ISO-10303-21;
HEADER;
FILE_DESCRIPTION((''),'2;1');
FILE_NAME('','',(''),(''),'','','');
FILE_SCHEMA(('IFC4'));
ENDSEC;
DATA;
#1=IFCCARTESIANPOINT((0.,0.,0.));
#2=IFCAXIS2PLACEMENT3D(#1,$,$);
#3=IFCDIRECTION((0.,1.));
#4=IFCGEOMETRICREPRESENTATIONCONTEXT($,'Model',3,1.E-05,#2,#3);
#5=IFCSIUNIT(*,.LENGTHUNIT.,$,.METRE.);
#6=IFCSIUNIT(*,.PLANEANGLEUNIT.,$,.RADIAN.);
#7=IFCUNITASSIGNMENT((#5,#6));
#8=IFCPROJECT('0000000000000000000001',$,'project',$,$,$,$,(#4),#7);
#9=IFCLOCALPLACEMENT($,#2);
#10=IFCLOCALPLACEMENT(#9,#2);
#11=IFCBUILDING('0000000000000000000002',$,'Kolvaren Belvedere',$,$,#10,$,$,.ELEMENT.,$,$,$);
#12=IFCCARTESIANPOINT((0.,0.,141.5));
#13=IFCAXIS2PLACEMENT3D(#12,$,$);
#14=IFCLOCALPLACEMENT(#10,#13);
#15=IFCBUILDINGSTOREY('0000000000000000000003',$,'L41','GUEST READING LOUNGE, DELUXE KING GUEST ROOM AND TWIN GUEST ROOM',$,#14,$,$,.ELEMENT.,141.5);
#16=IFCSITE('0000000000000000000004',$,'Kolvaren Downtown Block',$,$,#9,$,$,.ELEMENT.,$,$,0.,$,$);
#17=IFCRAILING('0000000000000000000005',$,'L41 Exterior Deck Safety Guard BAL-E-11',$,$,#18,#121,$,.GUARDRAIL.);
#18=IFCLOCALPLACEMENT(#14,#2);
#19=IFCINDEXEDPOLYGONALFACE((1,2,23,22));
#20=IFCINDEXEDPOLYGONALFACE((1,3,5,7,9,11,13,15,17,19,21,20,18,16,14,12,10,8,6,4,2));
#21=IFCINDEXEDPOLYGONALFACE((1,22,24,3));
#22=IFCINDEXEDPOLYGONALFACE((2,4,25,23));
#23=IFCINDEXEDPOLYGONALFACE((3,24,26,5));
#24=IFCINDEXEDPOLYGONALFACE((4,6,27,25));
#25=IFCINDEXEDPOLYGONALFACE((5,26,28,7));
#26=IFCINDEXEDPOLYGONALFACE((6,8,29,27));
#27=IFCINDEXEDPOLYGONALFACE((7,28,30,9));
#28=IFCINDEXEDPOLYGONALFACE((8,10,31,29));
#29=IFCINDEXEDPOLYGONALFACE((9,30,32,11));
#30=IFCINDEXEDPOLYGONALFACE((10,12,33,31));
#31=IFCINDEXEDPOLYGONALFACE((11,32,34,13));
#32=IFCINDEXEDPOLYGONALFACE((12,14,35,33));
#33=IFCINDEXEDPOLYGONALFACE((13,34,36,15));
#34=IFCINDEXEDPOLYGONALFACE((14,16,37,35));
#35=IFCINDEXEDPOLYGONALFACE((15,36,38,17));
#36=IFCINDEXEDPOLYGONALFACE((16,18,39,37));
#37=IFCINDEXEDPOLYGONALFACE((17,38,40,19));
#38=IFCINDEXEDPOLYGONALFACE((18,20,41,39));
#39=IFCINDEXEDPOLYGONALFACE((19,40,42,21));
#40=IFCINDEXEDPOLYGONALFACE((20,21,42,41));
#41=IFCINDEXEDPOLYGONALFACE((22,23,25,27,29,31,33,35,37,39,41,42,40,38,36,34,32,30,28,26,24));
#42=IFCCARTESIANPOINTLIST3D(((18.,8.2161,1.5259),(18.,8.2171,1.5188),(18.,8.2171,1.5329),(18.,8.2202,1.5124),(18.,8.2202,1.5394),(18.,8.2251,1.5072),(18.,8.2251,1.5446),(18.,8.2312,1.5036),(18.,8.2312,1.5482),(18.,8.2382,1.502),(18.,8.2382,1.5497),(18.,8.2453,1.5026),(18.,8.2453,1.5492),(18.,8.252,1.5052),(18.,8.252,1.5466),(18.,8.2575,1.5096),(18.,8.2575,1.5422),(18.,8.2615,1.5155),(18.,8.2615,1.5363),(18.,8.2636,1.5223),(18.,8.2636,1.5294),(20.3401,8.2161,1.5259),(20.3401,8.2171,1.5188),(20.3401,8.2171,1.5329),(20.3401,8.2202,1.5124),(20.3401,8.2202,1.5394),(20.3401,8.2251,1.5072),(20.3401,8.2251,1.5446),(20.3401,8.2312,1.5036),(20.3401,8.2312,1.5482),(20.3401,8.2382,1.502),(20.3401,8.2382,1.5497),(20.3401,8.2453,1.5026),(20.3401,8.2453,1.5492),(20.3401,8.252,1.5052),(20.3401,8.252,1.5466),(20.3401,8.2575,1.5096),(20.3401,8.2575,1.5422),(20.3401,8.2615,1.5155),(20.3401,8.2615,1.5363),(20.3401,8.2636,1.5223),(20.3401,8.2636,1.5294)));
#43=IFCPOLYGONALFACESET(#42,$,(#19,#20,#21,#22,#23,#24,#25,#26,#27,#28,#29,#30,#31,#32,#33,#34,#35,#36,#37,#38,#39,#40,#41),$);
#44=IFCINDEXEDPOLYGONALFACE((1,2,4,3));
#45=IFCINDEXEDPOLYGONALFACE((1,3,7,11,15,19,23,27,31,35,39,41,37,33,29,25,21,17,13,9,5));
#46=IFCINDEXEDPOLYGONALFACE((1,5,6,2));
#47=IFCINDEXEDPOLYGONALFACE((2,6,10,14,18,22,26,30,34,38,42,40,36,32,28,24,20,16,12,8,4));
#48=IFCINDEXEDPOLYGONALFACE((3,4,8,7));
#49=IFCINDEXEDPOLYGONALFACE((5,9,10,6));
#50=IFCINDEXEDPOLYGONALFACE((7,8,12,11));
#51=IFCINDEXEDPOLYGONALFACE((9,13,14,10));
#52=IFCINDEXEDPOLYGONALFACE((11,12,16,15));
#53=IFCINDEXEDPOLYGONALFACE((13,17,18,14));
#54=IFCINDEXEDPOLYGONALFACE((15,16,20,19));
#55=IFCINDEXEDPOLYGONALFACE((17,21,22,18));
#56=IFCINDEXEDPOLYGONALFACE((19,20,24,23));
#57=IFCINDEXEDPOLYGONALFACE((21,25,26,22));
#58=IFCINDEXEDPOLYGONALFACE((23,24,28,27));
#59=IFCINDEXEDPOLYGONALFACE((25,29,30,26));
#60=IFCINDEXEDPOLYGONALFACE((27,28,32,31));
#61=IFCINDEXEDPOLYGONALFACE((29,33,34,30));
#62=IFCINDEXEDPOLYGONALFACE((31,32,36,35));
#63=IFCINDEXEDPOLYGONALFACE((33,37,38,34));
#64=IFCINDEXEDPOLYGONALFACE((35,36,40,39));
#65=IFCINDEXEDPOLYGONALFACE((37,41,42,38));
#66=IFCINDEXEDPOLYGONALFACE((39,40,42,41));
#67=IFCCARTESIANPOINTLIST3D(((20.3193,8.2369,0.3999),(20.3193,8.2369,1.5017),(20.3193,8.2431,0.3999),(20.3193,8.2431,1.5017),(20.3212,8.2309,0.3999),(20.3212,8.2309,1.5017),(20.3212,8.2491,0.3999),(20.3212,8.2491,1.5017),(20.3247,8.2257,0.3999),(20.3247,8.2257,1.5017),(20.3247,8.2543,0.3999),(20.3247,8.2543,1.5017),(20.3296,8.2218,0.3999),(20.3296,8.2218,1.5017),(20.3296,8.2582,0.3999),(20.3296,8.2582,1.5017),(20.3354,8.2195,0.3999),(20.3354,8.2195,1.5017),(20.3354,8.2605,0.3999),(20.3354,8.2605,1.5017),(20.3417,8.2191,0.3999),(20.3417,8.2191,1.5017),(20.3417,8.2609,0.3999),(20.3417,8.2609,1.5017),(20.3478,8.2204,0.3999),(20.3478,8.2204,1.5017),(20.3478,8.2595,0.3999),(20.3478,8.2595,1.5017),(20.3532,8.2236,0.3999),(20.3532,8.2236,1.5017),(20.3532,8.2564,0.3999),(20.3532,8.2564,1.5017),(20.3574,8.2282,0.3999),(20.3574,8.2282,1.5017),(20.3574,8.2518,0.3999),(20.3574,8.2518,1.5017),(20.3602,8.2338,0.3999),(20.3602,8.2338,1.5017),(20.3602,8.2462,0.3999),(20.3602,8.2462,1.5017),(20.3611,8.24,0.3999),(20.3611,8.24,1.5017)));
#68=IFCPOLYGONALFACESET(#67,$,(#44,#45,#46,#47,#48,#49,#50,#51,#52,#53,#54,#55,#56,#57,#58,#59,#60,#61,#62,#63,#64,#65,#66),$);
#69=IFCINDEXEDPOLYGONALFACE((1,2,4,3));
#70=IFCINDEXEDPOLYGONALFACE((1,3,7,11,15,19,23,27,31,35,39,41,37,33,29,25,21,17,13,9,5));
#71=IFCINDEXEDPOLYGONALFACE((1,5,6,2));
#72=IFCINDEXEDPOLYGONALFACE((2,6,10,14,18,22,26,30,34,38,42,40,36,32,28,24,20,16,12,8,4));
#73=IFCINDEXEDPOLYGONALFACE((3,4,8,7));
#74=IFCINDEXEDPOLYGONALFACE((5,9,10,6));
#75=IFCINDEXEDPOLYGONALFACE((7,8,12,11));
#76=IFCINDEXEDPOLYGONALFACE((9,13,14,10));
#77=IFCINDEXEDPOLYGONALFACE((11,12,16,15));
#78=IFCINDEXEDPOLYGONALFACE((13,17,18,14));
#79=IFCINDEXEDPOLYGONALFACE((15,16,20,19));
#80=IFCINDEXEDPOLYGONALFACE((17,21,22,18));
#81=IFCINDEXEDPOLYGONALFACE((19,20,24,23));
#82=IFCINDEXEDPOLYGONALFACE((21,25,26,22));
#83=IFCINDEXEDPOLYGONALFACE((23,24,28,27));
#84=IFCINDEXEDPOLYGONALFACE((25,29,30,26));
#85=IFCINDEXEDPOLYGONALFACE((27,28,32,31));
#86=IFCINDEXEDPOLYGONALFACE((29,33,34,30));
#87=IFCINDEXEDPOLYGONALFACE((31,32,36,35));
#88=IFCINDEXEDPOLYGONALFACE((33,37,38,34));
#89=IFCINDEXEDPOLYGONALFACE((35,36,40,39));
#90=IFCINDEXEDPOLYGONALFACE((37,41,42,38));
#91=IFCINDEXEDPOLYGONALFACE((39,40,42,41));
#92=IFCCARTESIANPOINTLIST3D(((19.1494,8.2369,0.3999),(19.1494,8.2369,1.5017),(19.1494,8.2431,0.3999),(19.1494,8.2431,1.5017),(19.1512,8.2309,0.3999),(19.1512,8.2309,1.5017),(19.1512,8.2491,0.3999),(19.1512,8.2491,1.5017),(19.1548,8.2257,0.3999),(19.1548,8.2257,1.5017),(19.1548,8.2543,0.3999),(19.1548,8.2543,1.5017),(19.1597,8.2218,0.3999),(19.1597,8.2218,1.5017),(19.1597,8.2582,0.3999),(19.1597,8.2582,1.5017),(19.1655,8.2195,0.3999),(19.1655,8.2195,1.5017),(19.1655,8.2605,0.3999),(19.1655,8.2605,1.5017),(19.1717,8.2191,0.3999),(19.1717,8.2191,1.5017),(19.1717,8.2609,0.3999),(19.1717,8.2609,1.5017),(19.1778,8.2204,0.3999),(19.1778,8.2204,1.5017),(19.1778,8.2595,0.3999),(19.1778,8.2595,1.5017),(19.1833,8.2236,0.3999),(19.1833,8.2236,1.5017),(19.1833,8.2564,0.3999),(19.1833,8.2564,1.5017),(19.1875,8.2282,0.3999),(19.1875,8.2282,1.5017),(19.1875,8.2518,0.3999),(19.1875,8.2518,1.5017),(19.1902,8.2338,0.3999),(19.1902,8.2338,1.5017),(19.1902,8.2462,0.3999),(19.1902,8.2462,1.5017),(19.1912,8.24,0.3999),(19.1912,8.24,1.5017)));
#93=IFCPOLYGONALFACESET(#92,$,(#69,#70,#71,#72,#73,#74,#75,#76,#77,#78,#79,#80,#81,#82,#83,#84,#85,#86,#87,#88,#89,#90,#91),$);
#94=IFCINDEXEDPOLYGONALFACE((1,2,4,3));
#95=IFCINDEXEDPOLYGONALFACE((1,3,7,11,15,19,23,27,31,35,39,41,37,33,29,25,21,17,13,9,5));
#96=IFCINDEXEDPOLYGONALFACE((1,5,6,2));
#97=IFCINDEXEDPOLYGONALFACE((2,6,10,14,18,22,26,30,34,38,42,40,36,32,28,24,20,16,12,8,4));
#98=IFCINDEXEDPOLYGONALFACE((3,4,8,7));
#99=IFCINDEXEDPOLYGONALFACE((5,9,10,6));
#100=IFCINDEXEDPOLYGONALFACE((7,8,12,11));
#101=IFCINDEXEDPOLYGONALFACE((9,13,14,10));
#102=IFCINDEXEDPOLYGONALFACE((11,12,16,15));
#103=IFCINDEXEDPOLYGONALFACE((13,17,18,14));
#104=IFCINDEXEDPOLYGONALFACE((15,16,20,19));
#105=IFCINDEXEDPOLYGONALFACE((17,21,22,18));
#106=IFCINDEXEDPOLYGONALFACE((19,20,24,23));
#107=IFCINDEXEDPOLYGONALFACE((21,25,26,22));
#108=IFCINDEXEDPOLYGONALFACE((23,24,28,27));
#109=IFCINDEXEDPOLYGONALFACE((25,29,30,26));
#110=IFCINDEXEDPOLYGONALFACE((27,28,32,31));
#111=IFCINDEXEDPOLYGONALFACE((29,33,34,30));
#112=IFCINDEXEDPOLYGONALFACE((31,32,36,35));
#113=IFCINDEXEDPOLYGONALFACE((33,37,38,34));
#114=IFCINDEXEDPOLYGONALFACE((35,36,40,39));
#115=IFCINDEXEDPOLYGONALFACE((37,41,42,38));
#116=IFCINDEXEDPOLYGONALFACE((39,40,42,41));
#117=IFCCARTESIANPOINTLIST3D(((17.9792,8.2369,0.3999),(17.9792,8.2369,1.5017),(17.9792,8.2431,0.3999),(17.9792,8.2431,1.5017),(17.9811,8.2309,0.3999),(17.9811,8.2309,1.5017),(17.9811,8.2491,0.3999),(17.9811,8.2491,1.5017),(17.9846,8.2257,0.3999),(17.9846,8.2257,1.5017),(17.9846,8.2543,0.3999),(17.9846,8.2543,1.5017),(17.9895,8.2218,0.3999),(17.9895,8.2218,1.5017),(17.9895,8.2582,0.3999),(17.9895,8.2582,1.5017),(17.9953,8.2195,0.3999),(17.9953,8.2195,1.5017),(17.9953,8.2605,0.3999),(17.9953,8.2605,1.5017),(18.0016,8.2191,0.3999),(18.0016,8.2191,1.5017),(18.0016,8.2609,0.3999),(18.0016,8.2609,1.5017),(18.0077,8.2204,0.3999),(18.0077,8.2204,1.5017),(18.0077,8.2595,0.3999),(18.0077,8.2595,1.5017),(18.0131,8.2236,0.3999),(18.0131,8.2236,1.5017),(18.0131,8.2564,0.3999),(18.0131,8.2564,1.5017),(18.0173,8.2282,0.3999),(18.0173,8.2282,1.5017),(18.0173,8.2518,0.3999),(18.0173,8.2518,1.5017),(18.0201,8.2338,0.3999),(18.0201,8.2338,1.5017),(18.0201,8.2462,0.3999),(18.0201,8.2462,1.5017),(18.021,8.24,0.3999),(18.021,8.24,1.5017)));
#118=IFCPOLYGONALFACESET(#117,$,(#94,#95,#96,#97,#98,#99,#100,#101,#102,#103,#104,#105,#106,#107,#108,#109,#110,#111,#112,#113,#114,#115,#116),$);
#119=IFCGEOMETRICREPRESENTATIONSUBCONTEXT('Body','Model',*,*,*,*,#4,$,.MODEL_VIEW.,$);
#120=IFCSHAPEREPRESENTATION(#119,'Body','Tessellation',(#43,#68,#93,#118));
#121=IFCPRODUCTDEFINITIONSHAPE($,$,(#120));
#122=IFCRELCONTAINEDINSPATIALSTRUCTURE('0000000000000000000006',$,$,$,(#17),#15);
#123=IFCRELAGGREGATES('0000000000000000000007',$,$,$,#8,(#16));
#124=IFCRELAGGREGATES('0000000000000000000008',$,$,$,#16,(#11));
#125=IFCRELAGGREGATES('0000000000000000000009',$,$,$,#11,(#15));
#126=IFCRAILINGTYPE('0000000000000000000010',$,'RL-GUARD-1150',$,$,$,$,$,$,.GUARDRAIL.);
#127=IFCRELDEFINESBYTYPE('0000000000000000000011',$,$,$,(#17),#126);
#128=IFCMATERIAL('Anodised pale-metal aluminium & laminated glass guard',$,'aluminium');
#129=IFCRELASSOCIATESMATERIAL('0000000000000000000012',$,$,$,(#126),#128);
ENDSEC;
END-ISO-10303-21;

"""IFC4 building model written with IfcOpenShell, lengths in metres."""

from ifc_helpers import new_model, si_unit, direction, frame, origin, origin_2d, place, context, subcontext, project, spatial, circle, extrude, material, type_object, element, save


model = new_model("IFC4")

# Units and contexts
model_context = context("Model", 3, precision=1e-05, world=origin(), true_north=direction((0.0, 1.0)))
body_context = subcontext(model_context, "Body", "Model", "MODEL_VIEW")
ifc_project = project(units=[si_unit("LENGTHUNIT", "METRE"), si_unit("PLANEANGLEUNIT", "RADIAN")], contexts=[model_context])

# Site, building, storey
site_placement = place(None, origin())
site = spatial("IfcSite", under=ifc_project, at=site_placement, Name="Kolvaren Downtown Block", CompositionType="ELEMENT", RefElevation=0.0)
building_placement = place(site_placement, origin())
building = spatial("IfcBuilding", under=site, at=building_placement, Name="Kolvaren Belvedere", CompositionType="ELEMENT")
storey_placement = place(building_placement, frame((0.0, 0.0, 141.5)))
storey = spatial("IfcBuildingStorey", under=building, at=storey_placement, Name="L41", Description="GUEST READING LOUNGE, DELUXE KING GUEST ROOM AND TWIN GUEST ROOM", CompositionType="ELEMENT", Elevation=141.5)

# Railing
ifc_material_1 = material(Name="Anodised pale-metal aluminium & laminated glass guard", Category="aluminium")
railing_type = type_object("IfcRailingType", Name="RL-GUARD-1150", PredefinedType="GUARDRAIL", material=ifc_material_1)
railing_1_placement = place(storey_placement, frame((20.3401, 8.24, 0.3999)))
element("IfcRailing", 1, at=railing_1_placement, inside=storey, type_object=railing_type, Name="L41 Exterior Deck Safety Guard BAL-E-11", PredefinedType="GUARDRAIL", context=body_context, shape_type="SweptSolid", body=[
    extrude(circle(Radius=0.0239, at=origin_2d()), frame((0.0, 0.0, 1.126), z_axis=(-1.0, 0.0, 0.0), x_axis=(0.0, -1.0, 0.0)), (0.0, 0.0, 1.0), 2.3401),
    extrude(circle(Radius=0.021, at=origin_2d()), origin(), (0.0, 0.0, 1.0), 1.1018),
    extrude(circle(Radius=0.021, at=origin_2d()), frame((-1.1699, 0.0, 0.0)), (0.0, 0.0, 1.0), 1.1018),
    extrude(circle(Radius=0.021, at=origin_2d()), frame((-2.3401, 0.0, 0.0)), (0.0, 0.0, 1.0), 1.1018),
])

save(model, "model.ifc")
